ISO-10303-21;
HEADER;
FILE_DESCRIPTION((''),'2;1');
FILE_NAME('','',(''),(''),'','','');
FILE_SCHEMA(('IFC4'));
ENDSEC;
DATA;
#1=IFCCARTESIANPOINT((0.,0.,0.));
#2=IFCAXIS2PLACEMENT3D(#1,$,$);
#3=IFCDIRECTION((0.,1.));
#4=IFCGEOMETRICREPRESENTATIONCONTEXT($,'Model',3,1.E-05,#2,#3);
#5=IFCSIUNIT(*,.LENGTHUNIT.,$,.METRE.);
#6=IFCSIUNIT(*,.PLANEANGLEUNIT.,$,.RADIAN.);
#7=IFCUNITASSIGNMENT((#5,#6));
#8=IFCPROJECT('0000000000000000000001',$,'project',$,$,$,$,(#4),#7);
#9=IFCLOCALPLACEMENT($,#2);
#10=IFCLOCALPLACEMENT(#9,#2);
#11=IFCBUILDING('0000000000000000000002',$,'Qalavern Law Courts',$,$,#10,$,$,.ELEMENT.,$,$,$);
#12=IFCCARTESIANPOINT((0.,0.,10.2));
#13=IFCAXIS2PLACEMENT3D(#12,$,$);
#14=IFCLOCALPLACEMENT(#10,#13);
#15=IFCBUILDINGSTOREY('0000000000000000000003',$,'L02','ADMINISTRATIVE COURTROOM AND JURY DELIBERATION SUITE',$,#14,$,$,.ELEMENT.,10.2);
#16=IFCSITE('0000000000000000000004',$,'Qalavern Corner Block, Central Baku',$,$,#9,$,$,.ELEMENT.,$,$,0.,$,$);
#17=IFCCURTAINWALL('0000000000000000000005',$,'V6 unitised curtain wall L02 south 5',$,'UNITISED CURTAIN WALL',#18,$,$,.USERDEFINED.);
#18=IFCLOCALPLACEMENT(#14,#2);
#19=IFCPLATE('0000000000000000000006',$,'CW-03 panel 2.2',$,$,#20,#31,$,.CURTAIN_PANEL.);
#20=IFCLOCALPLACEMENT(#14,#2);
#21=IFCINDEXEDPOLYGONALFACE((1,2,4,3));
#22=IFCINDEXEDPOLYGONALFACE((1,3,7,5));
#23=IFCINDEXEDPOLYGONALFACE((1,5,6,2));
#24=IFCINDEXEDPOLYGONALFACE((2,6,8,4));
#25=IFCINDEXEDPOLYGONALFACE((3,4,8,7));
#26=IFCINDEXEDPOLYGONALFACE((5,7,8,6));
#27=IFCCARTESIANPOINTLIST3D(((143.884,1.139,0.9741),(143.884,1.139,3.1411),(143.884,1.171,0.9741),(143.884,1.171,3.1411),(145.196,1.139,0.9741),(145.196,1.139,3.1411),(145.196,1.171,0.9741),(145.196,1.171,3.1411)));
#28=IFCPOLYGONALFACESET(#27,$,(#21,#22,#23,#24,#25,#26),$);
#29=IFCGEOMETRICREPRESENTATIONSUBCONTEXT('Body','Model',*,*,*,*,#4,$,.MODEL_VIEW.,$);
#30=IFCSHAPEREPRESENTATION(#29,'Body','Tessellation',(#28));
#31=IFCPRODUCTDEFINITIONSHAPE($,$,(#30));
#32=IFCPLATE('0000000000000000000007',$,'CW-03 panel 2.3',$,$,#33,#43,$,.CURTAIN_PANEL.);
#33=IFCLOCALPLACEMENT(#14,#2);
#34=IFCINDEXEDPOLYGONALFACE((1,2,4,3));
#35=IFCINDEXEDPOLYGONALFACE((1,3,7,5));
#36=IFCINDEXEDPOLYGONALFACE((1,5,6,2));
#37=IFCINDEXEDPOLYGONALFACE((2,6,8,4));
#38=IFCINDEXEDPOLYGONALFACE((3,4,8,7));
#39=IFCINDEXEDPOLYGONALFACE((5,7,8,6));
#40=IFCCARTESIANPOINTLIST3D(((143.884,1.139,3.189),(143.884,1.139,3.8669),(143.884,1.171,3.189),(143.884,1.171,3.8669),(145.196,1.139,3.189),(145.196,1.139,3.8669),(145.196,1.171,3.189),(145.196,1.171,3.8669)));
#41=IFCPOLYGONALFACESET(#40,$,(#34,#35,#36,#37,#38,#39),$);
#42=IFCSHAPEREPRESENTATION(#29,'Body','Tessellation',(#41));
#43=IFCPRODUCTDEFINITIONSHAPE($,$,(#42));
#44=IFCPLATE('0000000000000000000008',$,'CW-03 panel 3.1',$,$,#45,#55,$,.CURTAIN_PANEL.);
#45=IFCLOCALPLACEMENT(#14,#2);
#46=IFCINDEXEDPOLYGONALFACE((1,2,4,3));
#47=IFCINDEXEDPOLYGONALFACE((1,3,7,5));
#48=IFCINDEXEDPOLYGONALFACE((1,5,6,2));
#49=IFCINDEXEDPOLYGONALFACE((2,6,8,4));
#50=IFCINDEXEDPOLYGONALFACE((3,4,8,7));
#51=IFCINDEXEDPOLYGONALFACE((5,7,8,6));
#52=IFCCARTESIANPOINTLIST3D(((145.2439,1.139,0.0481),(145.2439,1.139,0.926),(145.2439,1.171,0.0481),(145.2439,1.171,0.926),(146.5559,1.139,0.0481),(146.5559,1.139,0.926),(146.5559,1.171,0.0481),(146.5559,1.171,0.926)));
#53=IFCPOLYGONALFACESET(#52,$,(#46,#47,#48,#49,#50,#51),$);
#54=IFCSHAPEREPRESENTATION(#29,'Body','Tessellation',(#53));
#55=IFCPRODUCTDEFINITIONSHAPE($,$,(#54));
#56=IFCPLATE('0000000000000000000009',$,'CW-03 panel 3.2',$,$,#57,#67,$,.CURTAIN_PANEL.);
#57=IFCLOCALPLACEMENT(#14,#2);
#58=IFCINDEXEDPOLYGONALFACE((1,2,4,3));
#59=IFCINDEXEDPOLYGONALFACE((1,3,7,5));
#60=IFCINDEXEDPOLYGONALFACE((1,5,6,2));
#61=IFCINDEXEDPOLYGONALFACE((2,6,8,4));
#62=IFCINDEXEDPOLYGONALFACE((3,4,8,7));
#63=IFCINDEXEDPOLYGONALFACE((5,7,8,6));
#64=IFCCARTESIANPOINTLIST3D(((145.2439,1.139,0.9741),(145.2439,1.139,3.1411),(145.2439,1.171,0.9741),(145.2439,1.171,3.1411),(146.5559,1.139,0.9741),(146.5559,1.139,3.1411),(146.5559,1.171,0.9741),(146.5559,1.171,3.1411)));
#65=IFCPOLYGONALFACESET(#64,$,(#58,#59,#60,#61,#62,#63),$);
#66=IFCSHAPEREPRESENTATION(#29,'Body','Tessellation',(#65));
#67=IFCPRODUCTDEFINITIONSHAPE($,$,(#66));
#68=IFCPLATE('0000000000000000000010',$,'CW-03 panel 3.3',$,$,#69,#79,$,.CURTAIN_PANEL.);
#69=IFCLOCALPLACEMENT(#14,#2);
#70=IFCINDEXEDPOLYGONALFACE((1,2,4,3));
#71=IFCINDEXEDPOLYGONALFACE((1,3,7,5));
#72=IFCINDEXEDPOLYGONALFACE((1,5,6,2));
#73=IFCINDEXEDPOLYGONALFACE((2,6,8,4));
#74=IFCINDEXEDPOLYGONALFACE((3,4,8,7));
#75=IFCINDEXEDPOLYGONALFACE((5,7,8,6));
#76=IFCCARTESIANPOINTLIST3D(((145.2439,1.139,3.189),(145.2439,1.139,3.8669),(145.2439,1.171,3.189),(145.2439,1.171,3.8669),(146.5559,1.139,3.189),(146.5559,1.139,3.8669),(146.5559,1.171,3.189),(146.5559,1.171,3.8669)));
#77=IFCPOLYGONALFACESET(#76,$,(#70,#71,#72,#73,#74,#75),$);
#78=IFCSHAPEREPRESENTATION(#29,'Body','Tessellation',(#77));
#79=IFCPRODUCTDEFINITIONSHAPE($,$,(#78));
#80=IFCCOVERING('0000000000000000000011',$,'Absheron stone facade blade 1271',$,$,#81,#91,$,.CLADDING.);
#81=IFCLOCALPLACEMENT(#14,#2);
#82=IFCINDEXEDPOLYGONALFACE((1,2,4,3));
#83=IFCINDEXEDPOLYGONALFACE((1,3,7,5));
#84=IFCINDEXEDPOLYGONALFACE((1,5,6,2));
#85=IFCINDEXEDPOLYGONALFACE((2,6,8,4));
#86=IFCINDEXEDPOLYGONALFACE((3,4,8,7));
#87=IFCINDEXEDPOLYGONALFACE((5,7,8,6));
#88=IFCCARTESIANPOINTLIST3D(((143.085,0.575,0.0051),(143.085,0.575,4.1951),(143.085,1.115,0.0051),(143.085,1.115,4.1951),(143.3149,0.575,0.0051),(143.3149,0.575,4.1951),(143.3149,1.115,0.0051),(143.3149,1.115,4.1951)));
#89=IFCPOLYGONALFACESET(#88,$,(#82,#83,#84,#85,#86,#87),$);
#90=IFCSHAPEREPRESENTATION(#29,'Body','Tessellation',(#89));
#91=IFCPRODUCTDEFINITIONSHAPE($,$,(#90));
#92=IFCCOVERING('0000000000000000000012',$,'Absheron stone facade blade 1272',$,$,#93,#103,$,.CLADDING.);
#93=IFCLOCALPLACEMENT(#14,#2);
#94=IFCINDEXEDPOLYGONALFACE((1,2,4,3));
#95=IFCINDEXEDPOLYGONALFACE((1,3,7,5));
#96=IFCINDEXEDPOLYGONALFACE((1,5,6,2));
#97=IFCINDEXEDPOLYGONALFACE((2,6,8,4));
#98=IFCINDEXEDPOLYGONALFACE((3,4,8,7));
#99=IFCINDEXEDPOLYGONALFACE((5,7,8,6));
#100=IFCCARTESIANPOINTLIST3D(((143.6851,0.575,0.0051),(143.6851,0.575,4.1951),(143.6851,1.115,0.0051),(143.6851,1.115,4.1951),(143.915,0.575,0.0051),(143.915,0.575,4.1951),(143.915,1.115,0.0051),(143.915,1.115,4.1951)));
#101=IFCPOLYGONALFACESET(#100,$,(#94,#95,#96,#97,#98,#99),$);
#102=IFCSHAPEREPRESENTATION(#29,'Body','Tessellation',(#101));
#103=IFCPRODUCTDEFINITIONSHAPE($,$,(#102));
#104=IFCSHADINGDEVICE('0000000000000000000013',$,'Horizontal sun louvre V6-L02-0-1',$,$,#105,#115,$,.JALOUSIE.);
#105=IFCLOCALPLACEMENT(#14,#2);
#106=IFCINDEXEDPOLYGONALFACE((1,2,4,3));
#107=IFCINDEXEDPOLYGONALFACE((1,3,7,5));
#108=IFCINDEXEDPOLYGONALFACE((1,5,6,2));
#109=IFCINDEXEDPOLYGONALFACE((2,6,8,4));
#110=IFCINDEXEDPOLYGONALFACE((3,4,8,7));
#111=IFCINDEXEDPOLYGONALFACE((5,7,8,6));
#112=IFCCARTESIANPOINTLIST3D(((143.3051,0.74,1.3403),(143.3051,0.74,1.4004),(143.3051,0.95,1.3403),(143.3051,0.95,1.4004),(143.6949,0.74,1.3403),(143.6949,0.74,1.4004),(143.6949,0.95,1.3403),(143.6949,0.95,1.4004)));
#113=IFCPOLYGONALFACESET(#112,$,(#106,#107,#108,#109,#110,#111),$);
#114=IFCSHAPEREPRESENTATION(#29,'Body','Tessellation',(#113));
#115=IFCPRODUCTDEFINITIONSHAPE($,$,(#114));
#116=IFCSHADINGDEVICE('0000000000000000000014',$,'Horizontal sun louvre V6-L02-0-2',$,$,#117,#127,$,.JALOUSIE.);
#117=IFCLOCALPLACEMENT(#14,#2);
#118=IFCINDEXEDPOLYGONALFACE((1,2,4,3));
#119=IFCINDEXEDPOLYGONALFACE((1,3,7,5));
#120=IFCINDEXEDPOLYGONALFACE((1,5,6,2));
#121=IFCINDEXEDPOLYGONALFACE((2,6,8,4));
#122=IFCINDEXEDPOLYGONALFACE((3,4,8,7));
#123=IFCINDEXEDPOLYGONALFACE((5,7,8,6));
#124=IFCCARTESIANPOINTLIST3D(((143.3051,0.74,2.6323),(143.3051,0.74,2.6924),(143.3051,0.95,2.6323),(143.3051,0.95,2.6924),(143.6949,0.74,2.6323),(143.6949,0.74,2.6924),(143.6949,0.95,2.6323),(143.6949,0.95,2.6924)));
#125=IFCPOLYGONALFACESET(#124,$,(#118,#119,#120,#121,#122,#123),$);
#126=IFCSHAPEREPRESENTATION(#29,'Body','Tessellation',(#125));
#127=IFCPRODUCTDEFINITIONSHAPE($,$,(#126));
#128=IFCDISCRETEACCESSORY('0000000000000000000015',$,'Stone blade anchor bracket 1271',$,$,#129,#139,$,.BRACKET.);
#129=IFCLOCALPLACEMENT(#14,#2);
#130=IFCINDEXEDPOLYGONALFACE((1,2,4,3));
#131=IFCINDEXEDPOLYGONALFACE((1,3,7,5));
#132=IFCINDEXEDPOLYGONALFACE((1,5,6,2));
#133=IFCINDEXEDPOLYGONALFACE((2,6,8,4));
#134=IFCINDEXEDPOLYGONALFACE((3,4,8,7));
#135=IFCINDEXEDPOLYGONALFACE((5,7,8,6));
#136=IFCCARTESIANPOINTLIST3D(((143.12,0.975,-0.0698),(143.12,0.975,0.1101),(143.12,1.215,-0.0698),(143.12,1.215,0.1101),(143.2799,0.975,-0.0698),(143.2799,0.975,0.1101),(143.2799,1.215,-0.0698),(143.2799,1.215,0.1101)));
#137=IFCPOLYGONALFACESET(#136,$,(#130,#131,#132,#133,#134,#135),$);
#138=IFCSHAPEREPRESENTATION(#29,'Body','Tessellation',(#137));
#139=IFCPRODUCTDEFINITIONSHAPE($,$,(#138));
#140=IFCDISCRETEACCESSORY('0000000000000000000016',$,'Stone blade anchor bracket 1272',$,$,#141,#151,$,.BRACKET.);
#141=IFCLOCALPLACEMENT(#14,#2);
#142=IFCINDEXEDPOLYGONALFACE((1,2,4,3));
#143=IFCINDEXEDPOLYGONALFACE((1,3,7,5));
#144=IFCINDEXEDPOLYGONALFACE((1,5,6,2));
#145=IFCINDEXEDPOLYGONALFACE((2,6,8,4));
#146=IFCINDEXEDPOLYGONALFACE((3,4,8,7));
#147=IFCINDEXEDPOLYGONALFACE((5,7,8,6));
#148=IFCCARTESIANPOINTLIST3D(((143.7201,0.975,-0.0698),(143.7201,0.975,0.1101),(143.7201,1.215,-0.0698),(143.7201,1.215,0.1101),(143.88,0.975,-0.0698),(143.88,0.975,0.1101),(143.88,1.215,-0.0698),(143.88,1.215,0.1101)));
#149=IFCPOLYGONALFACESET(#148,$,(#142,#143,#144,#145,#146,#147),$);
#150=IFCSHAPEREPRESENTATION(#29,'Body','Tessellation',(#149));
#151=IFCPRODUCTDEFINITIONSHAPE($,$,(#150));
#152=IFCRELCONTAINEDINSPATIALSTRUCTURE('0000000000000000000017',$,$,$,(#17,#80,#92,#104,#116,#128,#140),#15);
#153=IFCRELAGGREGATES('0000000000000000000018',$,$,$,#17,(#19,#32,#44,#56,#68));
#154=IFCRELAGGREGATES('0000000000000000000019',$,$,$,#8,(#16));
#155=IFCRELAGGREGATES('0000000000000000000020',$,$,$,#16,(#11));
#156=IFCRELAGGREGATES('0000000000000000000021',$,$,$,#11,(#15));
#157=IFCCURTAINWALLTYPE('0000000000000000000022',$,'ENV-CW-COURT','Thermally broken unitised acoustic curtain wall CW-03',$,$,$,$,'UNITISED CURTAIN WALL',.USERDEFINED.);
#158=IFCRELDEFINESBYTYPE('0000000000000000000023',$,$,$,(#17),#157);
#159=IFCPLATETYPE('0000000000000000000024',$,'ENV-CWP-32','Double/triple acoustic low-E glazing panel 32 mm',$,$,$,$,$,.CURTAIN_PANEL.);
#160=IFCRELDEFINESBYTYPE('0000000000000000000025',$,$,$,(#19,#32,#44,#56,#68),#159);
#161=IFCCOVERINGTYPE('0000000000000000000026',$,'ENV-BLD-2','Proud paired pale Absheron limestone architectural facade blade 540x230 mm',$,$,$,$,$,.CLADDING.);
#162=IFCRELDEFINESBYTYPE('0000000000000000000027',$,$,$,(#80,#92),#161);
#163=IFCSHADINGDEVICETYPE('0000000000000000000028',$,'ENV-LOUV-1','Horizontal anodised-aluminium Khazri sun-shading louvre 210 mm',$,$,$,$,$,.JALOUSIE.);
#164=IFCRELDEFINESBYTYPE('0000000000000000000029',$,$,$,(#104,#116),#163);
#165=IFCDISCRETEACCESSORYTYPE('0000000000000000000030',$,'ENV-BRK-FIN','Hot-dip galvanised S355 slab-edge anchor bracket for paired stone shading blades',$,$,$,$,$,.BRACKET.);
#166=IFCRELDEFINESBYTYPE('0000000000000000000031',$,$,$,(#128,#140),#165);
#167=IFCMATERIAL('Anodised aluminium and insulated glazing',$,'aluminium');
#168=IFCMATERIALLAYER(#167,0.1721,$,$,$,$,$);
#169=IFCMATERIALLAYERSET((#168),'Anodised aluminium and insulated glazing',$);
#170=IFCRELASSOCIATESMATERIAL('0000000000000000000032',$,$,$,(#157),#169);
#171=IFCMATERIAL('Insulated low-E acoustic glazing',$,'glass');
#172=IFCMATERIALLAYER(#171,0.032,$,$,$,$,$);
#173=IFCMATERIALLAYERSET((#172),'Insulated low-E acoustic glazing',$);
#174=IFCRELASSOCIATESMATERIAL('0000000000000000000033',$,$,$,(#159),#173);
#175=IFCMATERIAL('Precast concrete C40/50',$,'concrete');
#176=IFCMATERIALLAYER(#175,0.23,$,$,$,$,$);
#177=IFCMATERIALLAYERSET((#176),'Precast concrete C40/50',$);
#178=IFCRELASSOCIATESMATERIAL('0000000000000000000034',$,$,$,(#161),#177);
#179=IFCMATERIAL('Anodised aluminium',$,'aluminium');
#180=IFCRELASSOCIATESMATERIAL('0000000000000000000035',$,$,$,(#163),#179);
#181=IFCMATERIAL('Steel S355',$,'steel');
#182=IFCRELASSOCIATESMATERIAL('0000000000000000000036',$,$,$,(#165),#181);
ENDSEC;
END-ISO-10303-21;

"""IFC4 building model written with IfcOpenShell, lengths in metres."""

from ifc_helpers import new_model, si_unit, direction, frame, origin, origin_2d, place, context, subcontext, project, spatial, rectangle, extrude, material, layer, layer_set, type_object, element, aggregate, save


model = new_model("IFC4")

# Units and contexts
model_context = context("Model", 3, precision=1e-05, world=origin(), true_north=direction((0.0, 1.0)))
body_context = subcontext(model_context, "Body", "Model", "MODEL_VIEW")
ifc_project = project(units=[si_unit("LENGTHUNIT", "METRE"), si_unit("PLANEANGLEUNIT", "RADIAN")], contexts=[model_context])

# Site, building, storey
site_placement = place(None, origin())
site = spatial("IfcSite", under=ifc_project, at=site_placement, Name="Qalavern Corner Block, Central Baku", CompositionType="ELEMENT", RefElevation=0.0)
building_placement = place(site_placement, origin())
building = spatial("IfcBuilding", under=site, at=building_placement, Name="Qalavern Law Courts", CompositionType="ELEMENT")
storey_placement = place(building_placement, frame((0.0, 0.0, 10.2)))
storey = spatial("IfcBuildingStorey", under=building, at=storey_placement, Name="L02", Description="ADMINISTRATIVE COURTROOM AND JURY DELIBERATION SUITE", CompositionType="ELEMENT", Elevation=10.2)

# Curtain wall, plates
ifc_material_1 = material(Name="Anodised aluminium and insulated glazing", Category="aluminium")
ifc_layer_1 = layer(ifc_material_1, 0.1721)
ifc_layer_set_1 = layer_set([ifc_layer_1], Name="Anodised aluminium and insulated glazing")
curtain_wall_type = type_object("IfcCurtainWallType", Name="ENV-CW-COURT", Description="Thermally broken unitised acoustic curtain wall CW-03", ElementType="UNITISED CURTAIN WALL", PredefinedType="USERDEFINED", material=ifc_layer_set_1)
curtain_wall_placement = place(storey_placement, origin())
curtain_wall = element("IfcCurtainWall", 1, at=curtain_wall_placement, inside=storey, type_object=curtain_wall_type, Name="V6 unitised curtain wall L02 south 5", ObjectType="UNITISED CURTAIN WALL", PredefinedType="USERDEFINED")
ifc_material_2 = material(Name="Anodised aluminium", Category="aluminium")
ifc_material_3 = material(Name="Insulated low-E acoustic glazing", Category="glass")
ifc_layer_2 = layer(ifc_material_3, 0.032)
ifc_layer_set_2 = layer_set([ifc_layer_2], Name="Insulated low-E acoustic glazing")
plate_type = type_object("IfcPlateType", Name="ENV-CWP-32", Description="Double/triple acoustic low-E glazing panel 32 mm", PredefinedType="CURTAIN_PANEL", material=ifc_layer_set_2)
plate_1_placement = place(storey_placement, frame((144.54, 1.155, 0.9741), z_axis=(0.0, 0.0, 1.0), x_axis=(1.0, 0.0, 0.0)))
plate_1 = element("IfcPlate", 2, at=plate_1_placement, type_object=plate_type, Name="CW-03 panel 2.2", PredefinedType="CURTAIN_PANEL", context=body_context, shape_type="SweptSolid", body=[
    extrude(rectangle(XDim=1.312, YDim=0.032, at=origin_2d()), origin(), (0.0, 0.0, 1.0), 2.167),
])
plate_2_placement = place(storey_placement, frame((144.54, 1.155, 3.189), z_axis=(0.0, 0.0, 1.0), x_axis=(1.0, 0.0, 0.0)))
plate_2 = element("IfcPlate", 3, at=plate_2_placement, type_object=plate_type, Name="CW-03 panel 2.3", PredefinedType="CURTAIN_PANEL", context=body_context, shape_type="SweptSolid", body=[
    extrude(rectangle(XDim=1.312, YDim=0.032, at=origin_2d()), origin(), (0.0, 0.0, 1.0), 0.678),
])
plate_3_placement = place(storey_placement, frame((145.8999, 1.155, 0.0481), z_axis=(0.0, 0.0, 1.0), x_axis=(1.0, 0.0, 0.0)))
plate_3 = element("IfcPlate", 4, at=plate_3_placement, type_object=plate_type, Name="CW-03 panel 3.1", PredefinedType="CURTAIN_PANEL", context=body_context, shape_type="SweptSolid", body=[
    extrude(rectangle(XDim=1.312, YDim=0.032, at=origin_2d()), origin(), (0.0, 0.0, 1.0), 0.8779),
])
plate_4_placement = place(storey_placement, frame((145.8999, 1.155, 0.9741), z_axis=(0.0, 0.0, 1.0), x_axis=(1.0, 0.0, 0.0)))
plate_4 = element("IfcPlate", 5, at=plate_4_placement, type_object=plate_type, Name="CW-03 panel 3.2", PredefinedType="CURTAIN_PANEL", context=body_context, shape_type="SweptSolid", body=[
    extrude(rectangle(XDim=1.312, YDim=0.032, at=origin_2d()), origin(), (0.0, 0.0, 1.0), 2.167),
])
plate_5_placement = place(storey_placement, frame((145.8999, 1.155, 3.189), z_axis=(0.0, 0.0, 1.0), x_axis=(1.0, 0.0, 0.0)))
plate_5 = element("IfcPlate", 6, at=plate_5_placement, type_object=plate_type, Name="CW-03 panel 3.3", PredefinedType="CURTAIN_PANEL", context=body_context, shape_type="SweptSolid", body=[
    extrude(rectangle(XDim=1.312, YDim=0.032, at=origin_2d()), origin(), (0.0, 0.0, 1.0), 0.678),
])
aggregate(curtain_wall, [plate_1, plate_2, plate_3, plate_4, plate_5])

# Coverings
ifc_material_4 = material(Name="Precast concrete C40/50", Category="concrete")
ifc_layer_3 = layer(ifc_material_4, 0.23)
ifc_layer_set_3 = layer_set([ifc_layer_3], Name="Precast concrete C40/50")
covering_type = type_object("IfcCoveringType", Name="ENV-BLD-2", Description="Proud paired pale Absheron limestone architectural facade blade 540x230 mm", PredefinedType="CLADDING", material=ifc_layer_set_3)
for number, where, z_axis, x_axis, name in (
    (7, (143.2, 0.845, 0.0051), (0.0, 0.0, 1.0), (0.0, -1.0, 0.0), "Absheron stone facade blade 1271"),
    (8, (143.8, 0.845, 0.0051), (0.0, 0.0, 1.0), (0.0, -1.0, 0.0), "Absheron stone facade blade 1272"),
):
    element("IfcCovering", number, at=place(storey_placement, frame(where, z_axis=z_axis, x_axis=x_axis)), inside=storey, type_object=covering_type, Name=name, PredefinedType="CLADDING", context=body_context, shape_type="SweptSolid", body=[
        extrude(rectangle(XDim=0.54, YDim=0.23, at=origin_2d()), origin(), (0.0, 0.0, 1.0), 4.1899),
    ])

# Shading devices
shading_device_type = type_object("IfcShadingDeviceType", Name="ENV-LOUV-1", Description="Horizontal anodised-aluminium Khazri sun-shading louvre 210 mm", PredefinedType="JALOUSIE", material=ifc_material_2)
for number, where, z_axis, x_axis, name in (
    (9, (143.5, 0.845, 1.3403), (0.0, 0.0, 1.0), (1.0, 0.0, 0.0), "Horizontal sun louvre V6-L02-0-1"),
    (10, (143.5, 0.845, 2.6323), (0.0, 0.0, 1.0), (1.0, 0.0, 0.0), "Horizontal sun louvre V6-L02-0-2"),
):
    element("IfcShadingDevice", number, at=place(storey_placement, frame(where, z_axis=z_axis, x_axis=x_axis)), inside=storey, type_object=shading_device_type, Name=name, PredefinedType="JALOUSIE", context=body_context, shape_type="SweptSolid", body=[
        extrude(rectangle(XDim=0.3899, YDim=0.21, at=origin_2d()), origin(), (0.0, 0.0, 1.0), 0.0601),
    ])

# Discrete accessories
ifc_material_5 = material(Name="Steel S355", Category="steel")
discrete_accessory_type = type_object("IfcDiscreteAccessoryType", Name="ENV-BRK-FIN", Description="Hot-dip galvanised S355 slab-edge anchor bracket for paired stone shading blades", PredefinedType="BRACKET", material=ifc_material_5)
for number, where, z_axis, x_axis, name in (
    (11, (143.2, 1.095, -0.0698), (0.0, 0.0, 1.0), (0.0, -1.0, 0.0), "Stone blade anchor bracket 1271"),
    (12, (143.8, 1.095, -0.0698), (0.0, 0.0, 1.0), (0.0, -1.0, 0.0), "Stone blade anchor bracket 1272"),
):
    element("IfcDiscreteAccessory", number, at=place(storey_placement, frame(where, z_axis=z_axis, x_axis=x_axis)), inside=storey, type_object=discrete_accessory_type, Name=name, PredefinedType="BRACKET", context=body_context, shape_type="SweptSolid", body=[
        extrude(rectangle(XDim=0.24, YDim=0.1599, at=origin_2d()), origin(), (0.0, 0.0, 1.0), 0.1799),
    ])

save(model, "model.ifc")
